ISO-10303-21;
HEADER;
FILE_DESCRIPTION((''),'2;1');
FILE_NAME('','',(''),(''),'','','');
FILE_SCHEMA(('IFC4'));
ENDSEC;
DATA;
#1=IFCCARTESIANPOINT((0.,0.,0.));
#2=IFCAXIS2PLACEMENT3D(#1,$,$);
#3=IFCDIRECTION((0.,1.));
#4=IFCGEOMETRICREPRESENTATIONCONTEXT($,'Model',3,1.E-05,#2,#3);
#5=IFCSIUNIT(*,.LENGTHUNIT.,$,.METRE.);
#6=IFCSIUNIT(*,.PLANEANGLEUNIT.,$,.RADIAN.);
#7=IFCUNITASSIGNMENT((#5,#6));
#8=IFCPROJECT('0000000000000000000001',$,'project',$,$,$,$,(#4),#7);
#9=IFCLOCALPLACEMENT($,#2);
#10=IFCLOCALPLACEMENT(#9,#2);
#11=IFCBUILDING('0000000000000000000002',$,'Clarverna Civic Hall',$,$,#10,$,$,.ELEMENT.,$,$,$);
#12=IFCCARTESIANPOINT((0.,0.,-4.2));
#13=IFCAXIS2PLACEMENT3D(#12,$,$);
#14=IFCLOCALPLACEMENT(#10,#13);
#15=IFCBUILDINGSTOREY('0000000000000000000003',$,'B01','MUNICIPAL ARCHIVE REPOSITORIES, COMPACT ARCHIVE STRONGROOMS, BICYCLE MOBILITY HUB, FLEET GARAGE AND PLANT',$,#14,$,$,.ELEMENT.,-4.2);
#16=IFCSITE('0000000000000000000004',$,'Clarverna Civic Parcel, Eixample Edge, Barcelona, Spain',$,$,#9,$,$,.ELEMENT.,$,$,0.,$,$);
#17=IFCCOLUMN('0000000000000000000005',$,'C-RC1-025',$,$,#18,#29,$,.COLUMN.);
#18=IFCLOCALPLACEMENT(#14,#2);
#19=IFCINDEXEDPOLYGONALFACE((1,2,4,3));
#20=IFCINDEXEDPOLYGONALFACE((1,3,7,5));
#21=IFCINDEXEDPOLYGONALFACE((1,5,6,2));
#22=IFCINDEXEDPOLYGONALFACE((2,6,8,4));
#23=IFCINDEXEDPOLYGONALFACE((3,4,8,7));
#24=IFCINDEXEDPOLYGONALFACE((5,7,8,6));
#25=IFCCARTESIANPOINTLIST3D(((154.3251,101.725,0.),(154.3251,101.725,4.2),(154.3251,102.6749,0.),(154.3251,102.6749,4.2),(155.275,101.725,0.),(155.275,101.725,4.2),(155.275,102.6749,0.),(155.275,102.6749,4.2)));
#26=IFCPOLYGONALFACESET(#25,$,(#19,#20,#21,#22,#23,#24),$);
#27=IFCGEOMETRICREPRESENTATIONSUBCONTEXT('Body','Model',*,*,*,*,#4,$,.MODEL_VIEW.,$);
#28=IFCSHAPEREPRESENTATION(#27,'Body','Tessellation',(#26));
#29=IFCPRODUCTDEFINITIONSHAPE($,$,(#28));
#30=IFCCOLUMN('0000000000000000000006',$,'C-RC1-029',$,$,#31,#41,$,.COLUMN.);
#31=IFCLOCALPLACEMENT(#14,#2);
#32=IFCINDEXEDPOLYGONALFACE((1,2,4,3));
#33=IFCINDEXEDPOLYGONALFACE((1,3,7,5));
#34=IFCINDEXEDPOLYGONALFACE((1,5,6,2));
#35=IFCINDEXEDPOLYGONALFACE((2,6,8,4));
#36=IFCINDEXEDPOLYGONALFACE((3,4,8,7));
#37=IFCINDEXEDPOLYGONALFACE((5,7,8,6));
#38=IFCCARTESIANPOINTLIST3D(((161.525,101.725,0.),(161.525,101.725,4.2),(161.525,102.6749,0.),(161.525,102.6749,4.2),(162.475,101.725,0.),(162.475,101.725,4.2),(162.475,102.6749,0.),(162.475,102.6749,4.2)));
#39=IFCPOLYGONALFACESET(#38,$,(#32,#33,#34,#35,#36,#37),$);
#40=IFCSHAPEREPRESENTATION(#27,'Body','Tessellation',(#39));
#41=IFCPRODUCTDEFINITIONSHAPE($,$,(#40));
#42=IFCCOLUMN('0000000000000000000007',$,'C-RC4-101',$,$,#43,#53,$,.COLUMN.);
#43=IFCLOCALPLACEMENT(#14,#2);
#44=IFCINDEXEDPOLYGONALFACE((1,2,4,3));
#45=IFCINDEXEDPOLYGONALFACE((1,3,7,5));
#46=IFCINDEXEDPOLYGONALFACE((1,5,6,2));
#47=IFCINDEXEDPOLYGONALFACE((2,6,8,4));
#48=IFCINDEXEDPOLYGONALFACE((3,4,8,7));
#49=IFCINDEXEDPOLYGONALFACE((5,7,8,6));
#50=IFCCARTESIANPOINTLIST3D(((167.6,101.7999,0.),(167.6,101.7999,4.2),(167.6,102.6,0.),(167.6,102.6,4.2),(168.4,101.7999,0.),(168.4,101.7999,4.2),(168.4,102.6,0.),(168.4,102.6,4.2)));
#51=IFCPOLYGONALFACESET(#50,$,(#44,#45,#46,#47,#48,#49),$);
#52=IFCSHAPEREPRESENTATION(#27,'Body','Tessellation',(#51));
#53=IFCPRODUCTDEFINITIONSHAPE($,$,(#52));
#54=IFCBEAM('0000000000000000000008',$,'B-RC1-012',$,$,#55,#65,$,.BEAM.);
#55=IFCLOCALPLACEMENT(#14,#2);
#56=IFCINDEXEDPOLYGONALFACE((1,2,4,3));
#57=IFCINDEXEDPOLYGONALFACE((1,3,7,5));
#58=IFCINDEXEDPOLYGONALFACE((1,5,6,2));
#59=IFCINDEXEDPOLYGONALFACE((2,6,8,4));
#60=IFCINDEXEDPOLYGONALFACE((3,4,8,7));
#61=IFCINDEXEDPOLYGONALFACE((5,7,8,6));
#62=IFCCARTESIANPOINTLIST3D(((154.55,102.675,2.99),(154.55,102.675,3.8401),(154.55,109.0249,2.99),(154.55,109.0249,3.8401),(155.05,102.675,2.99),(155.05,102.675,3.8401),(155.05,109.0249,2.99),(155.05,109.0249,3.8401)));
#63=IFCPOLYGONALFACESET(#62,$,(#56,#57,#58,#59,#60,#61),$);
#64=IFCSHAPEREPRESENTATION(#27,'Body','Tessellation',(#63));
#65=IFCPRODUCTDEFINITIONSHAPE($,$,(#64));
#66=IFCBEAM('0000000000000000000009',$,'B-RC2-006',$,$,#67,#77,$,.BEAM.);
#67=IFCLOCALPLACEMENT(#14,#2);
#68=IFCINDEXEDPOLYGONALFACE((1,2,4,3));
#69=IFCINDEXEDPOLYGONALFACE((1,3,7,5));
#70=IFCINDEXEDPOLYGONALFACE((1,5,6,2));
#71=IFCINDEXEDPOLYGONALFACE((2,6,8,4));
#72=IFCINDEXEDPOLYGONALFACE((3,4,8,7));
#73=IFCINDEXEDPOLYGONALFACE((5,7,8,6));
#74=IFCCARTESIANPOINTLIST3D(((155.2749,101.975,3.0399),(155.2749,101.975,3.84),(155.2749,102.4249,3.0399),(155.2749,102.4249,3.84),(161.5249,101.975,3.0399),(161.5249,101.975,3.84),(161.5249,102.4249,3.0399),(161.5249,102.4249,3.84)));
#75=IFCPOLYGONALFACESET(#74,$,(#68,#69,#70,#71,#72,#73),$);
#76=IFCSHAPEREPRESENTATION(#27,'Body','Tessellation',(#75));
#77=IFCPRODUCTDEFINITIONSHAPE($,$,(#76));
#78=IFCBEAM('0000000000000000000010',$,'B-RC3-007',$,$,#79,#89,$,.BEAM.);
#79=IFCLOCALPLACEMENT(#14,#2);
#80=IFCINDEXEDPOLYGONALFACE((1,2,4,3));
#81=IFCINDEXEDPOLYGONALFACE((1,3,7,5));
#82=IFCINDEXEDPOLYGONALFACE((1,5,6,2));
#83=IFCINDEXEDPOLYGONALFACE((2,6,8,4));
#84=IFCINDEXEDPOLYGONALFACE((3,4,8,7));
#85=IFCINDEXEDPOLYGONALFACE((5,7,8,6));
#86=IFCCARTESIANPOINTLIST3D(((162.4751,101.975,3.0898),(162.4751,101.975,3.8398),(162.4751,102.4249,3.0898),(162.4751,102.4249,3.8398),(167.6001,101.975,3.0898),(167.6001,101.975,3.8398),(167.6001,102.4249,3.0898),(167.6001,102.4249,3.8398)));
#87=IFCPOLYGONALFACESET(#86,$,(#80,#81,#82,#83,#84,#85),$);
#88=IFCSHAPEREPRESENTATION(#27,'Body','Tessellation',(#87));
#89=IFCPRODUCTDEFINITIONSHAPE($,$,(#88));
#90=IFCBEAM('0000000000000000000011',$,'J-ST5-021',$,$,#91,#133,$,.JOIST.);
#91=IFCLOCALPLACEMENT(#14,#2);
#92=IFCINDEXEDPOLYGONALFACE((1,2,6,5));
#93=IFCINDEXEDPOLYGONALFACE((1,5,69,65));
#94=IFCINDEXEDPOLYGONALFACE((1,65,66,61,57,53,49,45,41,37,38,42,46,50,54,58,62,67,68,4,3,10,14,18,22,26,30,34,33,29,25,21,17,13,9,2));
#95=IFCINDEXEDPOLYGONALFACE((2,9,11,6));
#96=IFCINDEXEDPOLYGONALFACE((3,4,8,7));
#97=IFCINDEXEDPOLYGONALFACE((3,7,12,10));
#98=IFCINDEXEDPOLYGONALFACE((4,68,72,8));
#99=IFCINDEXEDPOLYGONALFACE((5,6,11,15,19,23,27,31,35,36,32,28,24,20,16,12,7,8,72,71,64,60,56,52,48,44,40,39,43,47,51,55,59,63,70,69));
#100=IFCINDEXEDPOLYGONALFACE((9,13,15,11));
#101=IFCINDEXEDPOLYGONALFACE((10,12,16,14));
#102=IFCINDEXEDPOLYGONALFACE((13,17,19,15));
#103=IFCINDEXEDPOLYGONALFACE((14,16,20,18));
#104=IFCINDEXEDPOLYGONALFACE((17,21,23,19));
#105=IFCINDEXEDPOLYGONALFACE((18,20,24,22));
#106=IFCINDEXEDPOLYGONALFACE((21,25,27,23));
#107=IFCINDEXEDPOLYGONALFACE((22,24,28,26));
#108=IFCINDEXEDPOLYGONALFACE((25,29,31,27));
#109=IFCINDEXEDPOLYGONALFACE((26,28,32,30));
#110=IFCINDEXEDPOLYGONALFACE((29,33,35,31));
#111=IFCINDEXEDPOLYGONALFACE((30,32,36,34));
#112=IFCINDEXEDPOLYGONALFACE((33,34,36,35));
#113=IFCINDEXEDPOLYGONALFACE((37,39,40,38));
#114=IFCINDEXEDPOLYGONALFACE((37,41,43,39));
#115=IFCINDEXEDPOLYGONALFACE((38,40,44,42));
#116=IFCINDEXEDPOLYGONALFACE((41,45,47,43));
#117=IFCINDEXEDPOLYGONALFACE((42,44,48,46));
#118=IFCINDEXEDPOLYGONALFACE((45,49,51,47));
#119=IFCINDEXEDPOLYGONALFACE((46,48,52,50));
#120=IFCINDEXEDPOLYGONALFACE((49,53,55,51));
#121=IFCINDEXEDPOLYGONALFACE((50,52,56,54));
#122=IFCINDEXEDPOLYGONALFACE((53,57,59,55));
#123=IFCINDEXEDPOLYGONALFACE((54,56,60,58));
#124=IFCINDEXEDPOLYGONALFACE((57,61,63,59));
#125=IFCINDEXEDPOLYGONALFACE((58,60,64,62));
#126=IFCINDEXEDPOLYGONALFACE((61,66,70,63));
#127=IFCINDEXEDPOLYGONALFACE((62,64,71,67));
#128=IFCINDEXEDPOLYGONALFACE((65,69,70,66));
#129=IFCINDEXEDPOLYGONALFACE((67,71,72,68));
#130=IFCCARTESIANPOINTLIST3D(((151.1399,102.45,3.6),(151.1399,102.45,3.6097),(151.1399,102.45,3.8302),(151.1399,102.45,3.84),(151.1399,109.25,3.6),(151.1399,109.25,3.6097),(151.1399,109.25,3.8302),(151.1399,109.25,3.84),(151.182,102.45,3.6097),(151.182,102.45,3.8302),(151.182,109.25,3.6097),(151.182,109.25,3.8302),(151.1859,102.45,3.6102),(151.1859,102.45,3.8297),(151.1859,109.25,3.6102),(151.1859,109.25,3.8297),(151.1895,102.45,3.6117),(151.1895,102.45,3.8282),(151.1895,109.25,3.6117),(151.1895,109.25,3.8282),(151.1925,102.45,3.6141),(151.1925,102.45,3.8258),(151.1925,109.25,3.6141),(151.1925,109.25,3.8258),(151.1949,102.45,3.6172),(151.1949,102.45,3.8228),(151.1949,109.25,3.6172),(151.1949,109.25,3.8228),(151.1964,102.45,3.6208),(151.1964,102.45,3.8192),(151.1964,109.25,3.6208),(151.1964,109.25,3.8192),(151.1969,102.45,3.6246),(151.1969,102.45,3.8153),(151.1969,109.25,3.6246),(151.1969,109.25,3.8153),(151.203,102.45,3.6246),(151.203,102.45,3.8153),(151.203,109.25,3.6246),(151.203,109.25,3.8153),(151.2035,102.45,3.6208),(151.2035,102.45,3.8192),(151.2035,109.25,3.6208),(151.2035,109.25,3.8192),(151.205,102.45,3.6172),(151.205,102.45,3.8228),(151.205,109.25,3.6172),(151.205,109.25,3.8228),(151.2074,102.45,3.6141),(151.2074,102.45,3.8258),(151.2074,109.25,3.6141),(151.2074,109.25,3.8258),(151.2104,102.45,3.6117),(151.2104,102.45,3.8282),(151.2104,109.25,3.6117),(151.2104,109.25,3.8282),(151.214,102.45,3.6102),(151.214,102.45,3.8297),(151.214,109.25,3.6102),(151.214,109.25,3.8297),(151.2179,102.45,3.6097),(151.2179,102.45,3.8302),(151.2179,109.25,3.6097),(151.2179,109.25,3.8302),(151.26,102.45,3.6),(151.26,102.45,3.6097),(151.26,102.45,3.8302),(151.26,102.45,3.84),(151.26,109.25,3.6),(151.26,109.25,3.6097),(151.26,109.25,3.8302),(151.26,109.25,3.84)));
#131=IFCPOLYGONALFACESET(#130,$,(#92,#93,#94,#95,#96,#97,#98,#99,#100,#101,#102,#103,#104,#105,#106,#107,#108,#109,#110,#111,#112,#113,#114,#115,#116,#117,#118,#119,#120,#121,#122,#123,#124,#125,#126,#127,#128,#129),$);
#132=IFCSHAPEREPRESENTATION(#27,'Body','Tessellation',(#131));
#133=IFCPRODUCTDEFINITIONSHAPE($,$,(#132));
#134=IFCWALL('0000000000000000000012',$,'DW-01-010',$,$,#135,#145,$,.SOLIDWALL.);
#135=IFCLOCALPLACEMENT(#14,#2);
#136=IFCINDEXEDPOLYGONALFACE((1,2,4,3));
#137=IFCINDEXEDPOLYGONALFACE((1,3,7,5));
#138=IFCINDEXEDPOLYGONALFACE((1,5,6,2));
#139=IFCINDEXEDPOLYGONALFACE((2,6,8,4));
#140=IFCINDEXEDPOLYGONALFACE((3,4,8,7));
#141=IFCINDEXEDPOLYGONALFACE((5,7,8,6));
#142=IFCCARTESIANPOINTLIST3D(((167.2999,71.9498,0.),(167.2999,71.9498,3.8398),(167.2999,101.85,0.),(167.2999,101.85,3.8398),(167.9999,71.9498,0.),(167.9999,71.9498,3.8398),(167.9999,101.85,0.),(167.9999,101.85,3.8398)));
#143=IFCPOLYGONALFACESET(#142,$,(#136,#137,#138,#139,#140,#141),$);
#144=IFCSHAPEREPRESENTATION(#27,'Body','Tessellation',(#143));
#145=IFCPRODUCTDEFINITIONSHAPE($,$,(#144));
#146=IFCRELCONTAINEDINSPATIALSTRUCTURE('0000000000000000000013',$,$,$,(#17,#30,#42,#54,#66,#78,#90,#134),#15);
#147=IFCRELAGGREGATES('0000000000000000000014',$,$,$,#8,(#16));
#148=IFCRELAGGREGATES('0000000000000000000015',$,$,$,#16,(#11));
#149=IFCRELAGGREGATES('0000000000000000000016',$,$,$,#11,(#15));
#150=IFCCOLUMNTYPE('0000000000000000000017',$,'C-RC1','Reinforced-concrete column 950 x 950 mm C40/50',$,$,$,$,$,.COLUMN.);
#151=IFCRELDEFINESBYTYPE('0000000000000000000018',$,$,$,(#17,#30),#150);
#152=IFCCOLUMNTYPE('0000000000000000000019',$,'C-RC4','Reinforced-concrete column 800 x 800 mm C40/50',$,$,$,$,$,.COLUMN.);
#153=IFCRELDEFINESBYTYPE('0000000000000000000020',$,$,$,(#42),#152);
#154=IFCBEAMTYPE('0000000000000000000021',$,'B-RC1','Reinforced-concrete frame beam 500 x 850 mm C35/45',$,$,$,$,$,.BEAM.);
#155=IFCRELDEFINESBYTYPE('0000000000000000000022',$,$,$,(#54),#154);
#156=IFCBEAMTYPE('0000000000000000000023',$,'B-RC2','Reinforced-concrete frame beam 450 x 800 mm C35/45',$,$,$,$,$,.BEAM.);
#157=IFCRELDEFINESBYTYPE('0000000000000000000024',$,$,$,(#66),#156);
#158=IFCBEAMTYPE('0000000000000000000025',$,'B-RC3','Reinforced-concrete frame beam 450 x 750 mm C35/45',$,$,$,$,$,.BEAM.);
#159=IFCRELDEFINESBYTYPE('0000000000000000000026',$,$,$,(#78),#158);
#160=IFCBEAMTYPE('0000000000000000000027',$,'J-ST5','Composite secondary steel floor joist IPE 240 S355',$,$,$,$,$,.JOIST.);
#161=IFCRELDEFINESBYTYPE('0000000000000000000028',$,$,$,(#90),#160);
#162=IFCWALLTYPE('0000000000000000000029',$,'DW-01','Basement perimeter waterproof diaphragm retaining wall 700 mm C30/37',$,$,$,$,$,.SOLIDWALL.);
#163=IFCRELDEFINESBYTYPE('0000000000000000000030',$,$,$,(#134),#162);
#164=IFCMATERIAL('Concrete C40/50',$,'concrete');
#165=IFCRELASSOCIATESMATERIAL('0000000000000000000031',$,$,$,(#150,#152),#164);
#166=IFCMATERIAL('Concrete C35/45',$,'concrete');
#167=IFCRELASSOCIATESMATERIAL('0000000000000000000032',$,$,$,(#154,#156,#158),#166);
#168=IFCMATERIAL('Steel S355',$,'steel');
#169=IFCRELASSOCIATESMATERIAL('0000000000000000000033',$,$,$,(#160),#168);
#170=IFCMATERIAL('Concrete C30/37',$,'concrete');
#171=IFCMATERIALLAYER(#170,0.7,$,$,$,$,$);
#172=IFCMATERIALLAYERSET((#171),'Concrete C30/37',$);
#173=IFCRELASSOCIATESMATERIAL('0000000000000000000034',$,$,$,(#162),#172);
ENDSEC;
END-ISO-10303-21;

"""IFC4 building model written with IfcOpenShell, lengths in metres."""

from ifc_helpers import new_model, si_unit, direction, frame, frame_2d, origin, origin_2d, place, context, subcontext, project, spatial, rectangle, i_section, extrude, material, layer, layer_set, material_profile, profile_set, type_object, element, save


model = new_model("IFC4")

# Units and contexts
model_context = context("Model", 3, precision=1e-05, world=origin(), true_north=direction((0.0, 1.0)))
body_context = subcontext(model_context, "Body", "Model", "MODEL_VIEW")
ifc_project = project(units=[si_unit("LENGTHUNIT", "METRE"), si_unit("PLANEANGLEUNIT", "RADIAN")], contexts=[model_context])

# Site, building, storey
site_placement = place(None, origin())
site = spatial("IfcSite", under=ifc_project, at=site_placement, Name="Clarverna Civic Parcel, Eixample Edge, Barcelona, Spain", CompositionType="ELEMENT", RefElevation=0.0)
building_placement = place(site_placement, origin())
building = spatial("IfcBuilding", under=site, at=building_placement, Name="Clarverna Civic Hall", CompositionType="ELEMENT")
storey_placement = place(building_placement, frame((0.0, 0.0, -4.2)))
storey = spatial("IfcBuildingStorey", under=building, at=storey_placement, Name="B01", Description="MUNICIPAL ARCHIVE REPOSITORIES, COMPACT ARCHIVE STRONGROOMS, BICYCLE MOBILITY HUB, FLEET GARAGE AND PLANT", CompositionType="ELEMENT", Elevation=-4.2)

# Shared definitions
ifc_material_1 = material(Name="Concrete C30/37", Category="concrete")

# Columns
ifc_material_2 = material(Name="Concrete C40/50", Category="concrete")
ifc_material_profile_1 = material_profile(ifc_material_2, rectangle(XDim=0.95, YDim=0.95, at=origin_2d()), Name="RC 950x950")
ifc_profile_set_1 = profile_set([ifc_material_profile_1], Name="Concrete C40/50")
column_type_1 = type_object("IfcColumnType", Name="C-RC1", Description="Reinforced-concrete column 950 x 950 mm C40/50", PredefinedType="COLUMN", material=ifc_profile_set_1)
for number, where, z_axis, x_axis, name in (
    (1, (154.8, 102.2, 0.0), (0.0, 0.0, 1.0), (1.0, 0.0, 0.0), "C-RC1-025"),
    (2, (162.0, 102.2, 0.0), (0.0, 0.0, 1.0), (1.0, 0.0, 0.0), "C-RC1-029"),
):
    element("IfcColumn", number, at=place(storey_placement, frame(where, z_axis=z_axis, x_axis=x_axis)), inside=storey, type_object=column_type_1, Name=name, PredefinedType="COLUMN", context=body_context, shape_type="SweptSolid", body=[
        extrude(rectangle(XDim=0.95, YDim=0.95, at=origin_2d()), origin(), (0.0, 0.0, 1.0), 4.2),
    ])
ifc_material_profile_2 = material_profile(ifc_material_2, rectangle(XDim=0.8, YDim=0.8, at=origin_2d()), Name="RC 800x800")
ifc_profile_set_2 = profile_set([ifc_material_profile_2], Name="Concrete C40/50")
column_type_2 = type_object("IfcColumnType", Name="C-RC4", Description="Reinforced-concrete column 800 x 800 mm C40/50", PredefinedType="COLUMN", material=ifc_profile_set_2)
column_1_placement = place(storey_placement, frame((168.0, 102.2, 0.0), z_axis=(0.0, 0.0, 1.0), x_axis=(1.0, 0.0, 0.0)))
element("IfcColumn", 3, at=column_1_placement, inside=storey, type_object=column_type_2, Name="C-RC4-101", PredefinedType="COLUMN", context=body_context, shape_type="SweptSolid", body=[
    extrude(rectangle(XDim=0.8, YDim=0.8, at=origin_2d()), origin(), (0.0, 0.0, 1.0), 4.2),
])

# Beams
ifc_material_3 = material(Name="Concrete C35/45", Category="concrete")
ifc_material_profile_3 = material_profile(ifc_material_3, rectangle(XDim=0.5, YDim=0.8501, at=origin_2d()), Name="RC 500x850")
ifc_profile_set_3 = profile_set([ifc_material_profile_3], Name="Concrete C35/45")
beam_type_1 = type_object("IfcBeamType", Name="B-RC1", Description="Reinforced-concrete frame beam 500 x 850 mm C35/45", PredefinedType="BEAM", material=ifc_profile_set_3)
beam_1_placement = place(storey_placement, frame((154.8, 102.675, 3.415), z_axis=(0.0, 1.0, 0.0), x_axis=(-1.0, 0.0, 0.0)))
element("IfcBeam", 4, at=beam_1_placement, inside=storey, type_object=beam_type_1, Name="B-RC1-012", PredefinedType="BEAM", context=body_context, shape_type="SweptSolid", body=[
    extrude(rectangle(XDim=0.5, YDim=0.8501, at=origin_2d()), origin(), (0.0, 0.0, 1.0), 6.3499),
])
ifc_material_profile_4 = material_profile(ifc_material_3, rectangle(XDim=0.45, YDim=0.8, at=origin_2d()), Name="RC 450x800")
ifc_profile_set_4 = profile_set([ifc_material_profile_4], Name="Concrete C35/45")
beam_type_2 = type_object("IfcBeamType", Name="B-RC2", Description="Reinforced-concrete frame beam 450 x 800 mm C35/45", PredefinedType="BEAM", material=ifc_profile_set_4)
beam_2_placement = place(storey_placement, frame((155.2749, 102.2, 3.4399), z_axis=(1.0, 0.0, 0.0), x_axis=(0.0, 1.0, 0.0)))
element("IfcBeam", 5, at=beam_2_placement, inside=storey, type_object=beam_type_2, Name="B-RC2-006", PredefinedType="BEAM", context=body_context, shape_type="SweptSolid", body=[
    extrude(rectangle(XDim=0.45, YDim=0.8, at=origin_2d()), origin(), (0.0, 0.0, 1.0), 6.25),
])
ifc_material_profile_5 = material_profile(ifc_material_3, rectangle(XDim=0.45, YDim=0.75, at=origin_2d()), Name="RC 450x750")
ifc_profile_set_5 = profile_set([ifc_material_profile_5], Name="Concrete C35/45")
beam_type_3 = type_object("IfcBeamType", Name="B-RC3", Description="Reinforced-concrete frame beam 450 x 750 mm C35/45", PredefinedType="BEAM", material=ifc_profile_set_5)
beam_3_placement = place(storey_placement, frame((162.4751, 102.2, 3.4648), z_axis=(1.0, 0.0, 0.0), x_axis=(0.0, 1.0, 0.0)))
element("IfcBeam", 6, at=beam_3_placement, inside=storey, type_object=beam_type_3, Name="B-RC3-007", PredefinedType="BEAM", context=body_context, shape_type="SweptSolid", body=[
    extrude(rectangle(XDim=0.45, YDim=0.75, at=origin_2d()), origin(), (0.0, 0.0, 1.0), 5.125),
])
ifc_material_4 = material(Name="Steel S355", Category="steel")
ifc_material_profile_6 = material_profile(ifc_material_4, i_section(OverallWidth=0.1201, OverallDepth=0.24, WebThickness=0.0061, FlangeThickness=0.0098, FilletRadius=0.0149, at=origin_2d()), Name="IPE 240")
ifc_profile_set_6 = profile_set([ifc_material_profile_6], Name="Steel S355")
beam_type_4 = type_object("IfcBeamType", Name="J-ST5", Description="Composite secondary steel floor joist IPE 240 S355", PredefinedType="JOIST", material=ifc_profile_set_6)
beam_4_placement = place(storey_placement, frame((151.2, 102.45, 3.72), z_axis=(0.0, 1.0, 0.0), x_axis=(-1.0, 0.0, 0.0)))
element("IfcBeam", 7, at=beam_4_placement, inside=storey, type_object=beam_type_4, Name="J-ST5-021", PredefinedType="JOIST", context=body_context, shape_type="SweptSolid", body=[
    extrude(i_section(OverallWidth=0.1201, OverallDepth=0.24, WebThickness=0.0061, FlangeThickness=0.0098, FilletRadius=0.0149, at=origin_2d()), origin(), (0.0, 0.0, 1.0), 6.8),
])

# Wall
ifc_layer = layer(ifc_material_1, 0.7)
ifc_layer_set = layer_set([ifc_layer], Name="Concrete C30/37")
wall_type = type_object("IfcWallType", Name="DW-01", Description="Basement perimeter waterproof diaphragm retaining wall 700 mm C30/37", PredefinedType="SOLIDWALL", material=ifc_layer_set)
wall_placement = place(storey_placement, frame((167.6499, 101.8501, 0.0), z_axis=(0.0, 0.0, 1.0), x_axis=(0.0, -1.0, 0.0)))
element("IfcWall", 8, at=wall_placement, inside=storey, type_object=wall_type, Name="DW-01-010", PredefinedType="SOLIDWALL", context=body_context, shape_type="SweptSolid", body=[
    extrude(rectangle(XDim=29.9001, YDim=0.7, at=frame_2d((14.9502, 0.0))), origin(), (0.0, 0.0, 1.0), 3.8398),
])

save(model, "model.ifc")
